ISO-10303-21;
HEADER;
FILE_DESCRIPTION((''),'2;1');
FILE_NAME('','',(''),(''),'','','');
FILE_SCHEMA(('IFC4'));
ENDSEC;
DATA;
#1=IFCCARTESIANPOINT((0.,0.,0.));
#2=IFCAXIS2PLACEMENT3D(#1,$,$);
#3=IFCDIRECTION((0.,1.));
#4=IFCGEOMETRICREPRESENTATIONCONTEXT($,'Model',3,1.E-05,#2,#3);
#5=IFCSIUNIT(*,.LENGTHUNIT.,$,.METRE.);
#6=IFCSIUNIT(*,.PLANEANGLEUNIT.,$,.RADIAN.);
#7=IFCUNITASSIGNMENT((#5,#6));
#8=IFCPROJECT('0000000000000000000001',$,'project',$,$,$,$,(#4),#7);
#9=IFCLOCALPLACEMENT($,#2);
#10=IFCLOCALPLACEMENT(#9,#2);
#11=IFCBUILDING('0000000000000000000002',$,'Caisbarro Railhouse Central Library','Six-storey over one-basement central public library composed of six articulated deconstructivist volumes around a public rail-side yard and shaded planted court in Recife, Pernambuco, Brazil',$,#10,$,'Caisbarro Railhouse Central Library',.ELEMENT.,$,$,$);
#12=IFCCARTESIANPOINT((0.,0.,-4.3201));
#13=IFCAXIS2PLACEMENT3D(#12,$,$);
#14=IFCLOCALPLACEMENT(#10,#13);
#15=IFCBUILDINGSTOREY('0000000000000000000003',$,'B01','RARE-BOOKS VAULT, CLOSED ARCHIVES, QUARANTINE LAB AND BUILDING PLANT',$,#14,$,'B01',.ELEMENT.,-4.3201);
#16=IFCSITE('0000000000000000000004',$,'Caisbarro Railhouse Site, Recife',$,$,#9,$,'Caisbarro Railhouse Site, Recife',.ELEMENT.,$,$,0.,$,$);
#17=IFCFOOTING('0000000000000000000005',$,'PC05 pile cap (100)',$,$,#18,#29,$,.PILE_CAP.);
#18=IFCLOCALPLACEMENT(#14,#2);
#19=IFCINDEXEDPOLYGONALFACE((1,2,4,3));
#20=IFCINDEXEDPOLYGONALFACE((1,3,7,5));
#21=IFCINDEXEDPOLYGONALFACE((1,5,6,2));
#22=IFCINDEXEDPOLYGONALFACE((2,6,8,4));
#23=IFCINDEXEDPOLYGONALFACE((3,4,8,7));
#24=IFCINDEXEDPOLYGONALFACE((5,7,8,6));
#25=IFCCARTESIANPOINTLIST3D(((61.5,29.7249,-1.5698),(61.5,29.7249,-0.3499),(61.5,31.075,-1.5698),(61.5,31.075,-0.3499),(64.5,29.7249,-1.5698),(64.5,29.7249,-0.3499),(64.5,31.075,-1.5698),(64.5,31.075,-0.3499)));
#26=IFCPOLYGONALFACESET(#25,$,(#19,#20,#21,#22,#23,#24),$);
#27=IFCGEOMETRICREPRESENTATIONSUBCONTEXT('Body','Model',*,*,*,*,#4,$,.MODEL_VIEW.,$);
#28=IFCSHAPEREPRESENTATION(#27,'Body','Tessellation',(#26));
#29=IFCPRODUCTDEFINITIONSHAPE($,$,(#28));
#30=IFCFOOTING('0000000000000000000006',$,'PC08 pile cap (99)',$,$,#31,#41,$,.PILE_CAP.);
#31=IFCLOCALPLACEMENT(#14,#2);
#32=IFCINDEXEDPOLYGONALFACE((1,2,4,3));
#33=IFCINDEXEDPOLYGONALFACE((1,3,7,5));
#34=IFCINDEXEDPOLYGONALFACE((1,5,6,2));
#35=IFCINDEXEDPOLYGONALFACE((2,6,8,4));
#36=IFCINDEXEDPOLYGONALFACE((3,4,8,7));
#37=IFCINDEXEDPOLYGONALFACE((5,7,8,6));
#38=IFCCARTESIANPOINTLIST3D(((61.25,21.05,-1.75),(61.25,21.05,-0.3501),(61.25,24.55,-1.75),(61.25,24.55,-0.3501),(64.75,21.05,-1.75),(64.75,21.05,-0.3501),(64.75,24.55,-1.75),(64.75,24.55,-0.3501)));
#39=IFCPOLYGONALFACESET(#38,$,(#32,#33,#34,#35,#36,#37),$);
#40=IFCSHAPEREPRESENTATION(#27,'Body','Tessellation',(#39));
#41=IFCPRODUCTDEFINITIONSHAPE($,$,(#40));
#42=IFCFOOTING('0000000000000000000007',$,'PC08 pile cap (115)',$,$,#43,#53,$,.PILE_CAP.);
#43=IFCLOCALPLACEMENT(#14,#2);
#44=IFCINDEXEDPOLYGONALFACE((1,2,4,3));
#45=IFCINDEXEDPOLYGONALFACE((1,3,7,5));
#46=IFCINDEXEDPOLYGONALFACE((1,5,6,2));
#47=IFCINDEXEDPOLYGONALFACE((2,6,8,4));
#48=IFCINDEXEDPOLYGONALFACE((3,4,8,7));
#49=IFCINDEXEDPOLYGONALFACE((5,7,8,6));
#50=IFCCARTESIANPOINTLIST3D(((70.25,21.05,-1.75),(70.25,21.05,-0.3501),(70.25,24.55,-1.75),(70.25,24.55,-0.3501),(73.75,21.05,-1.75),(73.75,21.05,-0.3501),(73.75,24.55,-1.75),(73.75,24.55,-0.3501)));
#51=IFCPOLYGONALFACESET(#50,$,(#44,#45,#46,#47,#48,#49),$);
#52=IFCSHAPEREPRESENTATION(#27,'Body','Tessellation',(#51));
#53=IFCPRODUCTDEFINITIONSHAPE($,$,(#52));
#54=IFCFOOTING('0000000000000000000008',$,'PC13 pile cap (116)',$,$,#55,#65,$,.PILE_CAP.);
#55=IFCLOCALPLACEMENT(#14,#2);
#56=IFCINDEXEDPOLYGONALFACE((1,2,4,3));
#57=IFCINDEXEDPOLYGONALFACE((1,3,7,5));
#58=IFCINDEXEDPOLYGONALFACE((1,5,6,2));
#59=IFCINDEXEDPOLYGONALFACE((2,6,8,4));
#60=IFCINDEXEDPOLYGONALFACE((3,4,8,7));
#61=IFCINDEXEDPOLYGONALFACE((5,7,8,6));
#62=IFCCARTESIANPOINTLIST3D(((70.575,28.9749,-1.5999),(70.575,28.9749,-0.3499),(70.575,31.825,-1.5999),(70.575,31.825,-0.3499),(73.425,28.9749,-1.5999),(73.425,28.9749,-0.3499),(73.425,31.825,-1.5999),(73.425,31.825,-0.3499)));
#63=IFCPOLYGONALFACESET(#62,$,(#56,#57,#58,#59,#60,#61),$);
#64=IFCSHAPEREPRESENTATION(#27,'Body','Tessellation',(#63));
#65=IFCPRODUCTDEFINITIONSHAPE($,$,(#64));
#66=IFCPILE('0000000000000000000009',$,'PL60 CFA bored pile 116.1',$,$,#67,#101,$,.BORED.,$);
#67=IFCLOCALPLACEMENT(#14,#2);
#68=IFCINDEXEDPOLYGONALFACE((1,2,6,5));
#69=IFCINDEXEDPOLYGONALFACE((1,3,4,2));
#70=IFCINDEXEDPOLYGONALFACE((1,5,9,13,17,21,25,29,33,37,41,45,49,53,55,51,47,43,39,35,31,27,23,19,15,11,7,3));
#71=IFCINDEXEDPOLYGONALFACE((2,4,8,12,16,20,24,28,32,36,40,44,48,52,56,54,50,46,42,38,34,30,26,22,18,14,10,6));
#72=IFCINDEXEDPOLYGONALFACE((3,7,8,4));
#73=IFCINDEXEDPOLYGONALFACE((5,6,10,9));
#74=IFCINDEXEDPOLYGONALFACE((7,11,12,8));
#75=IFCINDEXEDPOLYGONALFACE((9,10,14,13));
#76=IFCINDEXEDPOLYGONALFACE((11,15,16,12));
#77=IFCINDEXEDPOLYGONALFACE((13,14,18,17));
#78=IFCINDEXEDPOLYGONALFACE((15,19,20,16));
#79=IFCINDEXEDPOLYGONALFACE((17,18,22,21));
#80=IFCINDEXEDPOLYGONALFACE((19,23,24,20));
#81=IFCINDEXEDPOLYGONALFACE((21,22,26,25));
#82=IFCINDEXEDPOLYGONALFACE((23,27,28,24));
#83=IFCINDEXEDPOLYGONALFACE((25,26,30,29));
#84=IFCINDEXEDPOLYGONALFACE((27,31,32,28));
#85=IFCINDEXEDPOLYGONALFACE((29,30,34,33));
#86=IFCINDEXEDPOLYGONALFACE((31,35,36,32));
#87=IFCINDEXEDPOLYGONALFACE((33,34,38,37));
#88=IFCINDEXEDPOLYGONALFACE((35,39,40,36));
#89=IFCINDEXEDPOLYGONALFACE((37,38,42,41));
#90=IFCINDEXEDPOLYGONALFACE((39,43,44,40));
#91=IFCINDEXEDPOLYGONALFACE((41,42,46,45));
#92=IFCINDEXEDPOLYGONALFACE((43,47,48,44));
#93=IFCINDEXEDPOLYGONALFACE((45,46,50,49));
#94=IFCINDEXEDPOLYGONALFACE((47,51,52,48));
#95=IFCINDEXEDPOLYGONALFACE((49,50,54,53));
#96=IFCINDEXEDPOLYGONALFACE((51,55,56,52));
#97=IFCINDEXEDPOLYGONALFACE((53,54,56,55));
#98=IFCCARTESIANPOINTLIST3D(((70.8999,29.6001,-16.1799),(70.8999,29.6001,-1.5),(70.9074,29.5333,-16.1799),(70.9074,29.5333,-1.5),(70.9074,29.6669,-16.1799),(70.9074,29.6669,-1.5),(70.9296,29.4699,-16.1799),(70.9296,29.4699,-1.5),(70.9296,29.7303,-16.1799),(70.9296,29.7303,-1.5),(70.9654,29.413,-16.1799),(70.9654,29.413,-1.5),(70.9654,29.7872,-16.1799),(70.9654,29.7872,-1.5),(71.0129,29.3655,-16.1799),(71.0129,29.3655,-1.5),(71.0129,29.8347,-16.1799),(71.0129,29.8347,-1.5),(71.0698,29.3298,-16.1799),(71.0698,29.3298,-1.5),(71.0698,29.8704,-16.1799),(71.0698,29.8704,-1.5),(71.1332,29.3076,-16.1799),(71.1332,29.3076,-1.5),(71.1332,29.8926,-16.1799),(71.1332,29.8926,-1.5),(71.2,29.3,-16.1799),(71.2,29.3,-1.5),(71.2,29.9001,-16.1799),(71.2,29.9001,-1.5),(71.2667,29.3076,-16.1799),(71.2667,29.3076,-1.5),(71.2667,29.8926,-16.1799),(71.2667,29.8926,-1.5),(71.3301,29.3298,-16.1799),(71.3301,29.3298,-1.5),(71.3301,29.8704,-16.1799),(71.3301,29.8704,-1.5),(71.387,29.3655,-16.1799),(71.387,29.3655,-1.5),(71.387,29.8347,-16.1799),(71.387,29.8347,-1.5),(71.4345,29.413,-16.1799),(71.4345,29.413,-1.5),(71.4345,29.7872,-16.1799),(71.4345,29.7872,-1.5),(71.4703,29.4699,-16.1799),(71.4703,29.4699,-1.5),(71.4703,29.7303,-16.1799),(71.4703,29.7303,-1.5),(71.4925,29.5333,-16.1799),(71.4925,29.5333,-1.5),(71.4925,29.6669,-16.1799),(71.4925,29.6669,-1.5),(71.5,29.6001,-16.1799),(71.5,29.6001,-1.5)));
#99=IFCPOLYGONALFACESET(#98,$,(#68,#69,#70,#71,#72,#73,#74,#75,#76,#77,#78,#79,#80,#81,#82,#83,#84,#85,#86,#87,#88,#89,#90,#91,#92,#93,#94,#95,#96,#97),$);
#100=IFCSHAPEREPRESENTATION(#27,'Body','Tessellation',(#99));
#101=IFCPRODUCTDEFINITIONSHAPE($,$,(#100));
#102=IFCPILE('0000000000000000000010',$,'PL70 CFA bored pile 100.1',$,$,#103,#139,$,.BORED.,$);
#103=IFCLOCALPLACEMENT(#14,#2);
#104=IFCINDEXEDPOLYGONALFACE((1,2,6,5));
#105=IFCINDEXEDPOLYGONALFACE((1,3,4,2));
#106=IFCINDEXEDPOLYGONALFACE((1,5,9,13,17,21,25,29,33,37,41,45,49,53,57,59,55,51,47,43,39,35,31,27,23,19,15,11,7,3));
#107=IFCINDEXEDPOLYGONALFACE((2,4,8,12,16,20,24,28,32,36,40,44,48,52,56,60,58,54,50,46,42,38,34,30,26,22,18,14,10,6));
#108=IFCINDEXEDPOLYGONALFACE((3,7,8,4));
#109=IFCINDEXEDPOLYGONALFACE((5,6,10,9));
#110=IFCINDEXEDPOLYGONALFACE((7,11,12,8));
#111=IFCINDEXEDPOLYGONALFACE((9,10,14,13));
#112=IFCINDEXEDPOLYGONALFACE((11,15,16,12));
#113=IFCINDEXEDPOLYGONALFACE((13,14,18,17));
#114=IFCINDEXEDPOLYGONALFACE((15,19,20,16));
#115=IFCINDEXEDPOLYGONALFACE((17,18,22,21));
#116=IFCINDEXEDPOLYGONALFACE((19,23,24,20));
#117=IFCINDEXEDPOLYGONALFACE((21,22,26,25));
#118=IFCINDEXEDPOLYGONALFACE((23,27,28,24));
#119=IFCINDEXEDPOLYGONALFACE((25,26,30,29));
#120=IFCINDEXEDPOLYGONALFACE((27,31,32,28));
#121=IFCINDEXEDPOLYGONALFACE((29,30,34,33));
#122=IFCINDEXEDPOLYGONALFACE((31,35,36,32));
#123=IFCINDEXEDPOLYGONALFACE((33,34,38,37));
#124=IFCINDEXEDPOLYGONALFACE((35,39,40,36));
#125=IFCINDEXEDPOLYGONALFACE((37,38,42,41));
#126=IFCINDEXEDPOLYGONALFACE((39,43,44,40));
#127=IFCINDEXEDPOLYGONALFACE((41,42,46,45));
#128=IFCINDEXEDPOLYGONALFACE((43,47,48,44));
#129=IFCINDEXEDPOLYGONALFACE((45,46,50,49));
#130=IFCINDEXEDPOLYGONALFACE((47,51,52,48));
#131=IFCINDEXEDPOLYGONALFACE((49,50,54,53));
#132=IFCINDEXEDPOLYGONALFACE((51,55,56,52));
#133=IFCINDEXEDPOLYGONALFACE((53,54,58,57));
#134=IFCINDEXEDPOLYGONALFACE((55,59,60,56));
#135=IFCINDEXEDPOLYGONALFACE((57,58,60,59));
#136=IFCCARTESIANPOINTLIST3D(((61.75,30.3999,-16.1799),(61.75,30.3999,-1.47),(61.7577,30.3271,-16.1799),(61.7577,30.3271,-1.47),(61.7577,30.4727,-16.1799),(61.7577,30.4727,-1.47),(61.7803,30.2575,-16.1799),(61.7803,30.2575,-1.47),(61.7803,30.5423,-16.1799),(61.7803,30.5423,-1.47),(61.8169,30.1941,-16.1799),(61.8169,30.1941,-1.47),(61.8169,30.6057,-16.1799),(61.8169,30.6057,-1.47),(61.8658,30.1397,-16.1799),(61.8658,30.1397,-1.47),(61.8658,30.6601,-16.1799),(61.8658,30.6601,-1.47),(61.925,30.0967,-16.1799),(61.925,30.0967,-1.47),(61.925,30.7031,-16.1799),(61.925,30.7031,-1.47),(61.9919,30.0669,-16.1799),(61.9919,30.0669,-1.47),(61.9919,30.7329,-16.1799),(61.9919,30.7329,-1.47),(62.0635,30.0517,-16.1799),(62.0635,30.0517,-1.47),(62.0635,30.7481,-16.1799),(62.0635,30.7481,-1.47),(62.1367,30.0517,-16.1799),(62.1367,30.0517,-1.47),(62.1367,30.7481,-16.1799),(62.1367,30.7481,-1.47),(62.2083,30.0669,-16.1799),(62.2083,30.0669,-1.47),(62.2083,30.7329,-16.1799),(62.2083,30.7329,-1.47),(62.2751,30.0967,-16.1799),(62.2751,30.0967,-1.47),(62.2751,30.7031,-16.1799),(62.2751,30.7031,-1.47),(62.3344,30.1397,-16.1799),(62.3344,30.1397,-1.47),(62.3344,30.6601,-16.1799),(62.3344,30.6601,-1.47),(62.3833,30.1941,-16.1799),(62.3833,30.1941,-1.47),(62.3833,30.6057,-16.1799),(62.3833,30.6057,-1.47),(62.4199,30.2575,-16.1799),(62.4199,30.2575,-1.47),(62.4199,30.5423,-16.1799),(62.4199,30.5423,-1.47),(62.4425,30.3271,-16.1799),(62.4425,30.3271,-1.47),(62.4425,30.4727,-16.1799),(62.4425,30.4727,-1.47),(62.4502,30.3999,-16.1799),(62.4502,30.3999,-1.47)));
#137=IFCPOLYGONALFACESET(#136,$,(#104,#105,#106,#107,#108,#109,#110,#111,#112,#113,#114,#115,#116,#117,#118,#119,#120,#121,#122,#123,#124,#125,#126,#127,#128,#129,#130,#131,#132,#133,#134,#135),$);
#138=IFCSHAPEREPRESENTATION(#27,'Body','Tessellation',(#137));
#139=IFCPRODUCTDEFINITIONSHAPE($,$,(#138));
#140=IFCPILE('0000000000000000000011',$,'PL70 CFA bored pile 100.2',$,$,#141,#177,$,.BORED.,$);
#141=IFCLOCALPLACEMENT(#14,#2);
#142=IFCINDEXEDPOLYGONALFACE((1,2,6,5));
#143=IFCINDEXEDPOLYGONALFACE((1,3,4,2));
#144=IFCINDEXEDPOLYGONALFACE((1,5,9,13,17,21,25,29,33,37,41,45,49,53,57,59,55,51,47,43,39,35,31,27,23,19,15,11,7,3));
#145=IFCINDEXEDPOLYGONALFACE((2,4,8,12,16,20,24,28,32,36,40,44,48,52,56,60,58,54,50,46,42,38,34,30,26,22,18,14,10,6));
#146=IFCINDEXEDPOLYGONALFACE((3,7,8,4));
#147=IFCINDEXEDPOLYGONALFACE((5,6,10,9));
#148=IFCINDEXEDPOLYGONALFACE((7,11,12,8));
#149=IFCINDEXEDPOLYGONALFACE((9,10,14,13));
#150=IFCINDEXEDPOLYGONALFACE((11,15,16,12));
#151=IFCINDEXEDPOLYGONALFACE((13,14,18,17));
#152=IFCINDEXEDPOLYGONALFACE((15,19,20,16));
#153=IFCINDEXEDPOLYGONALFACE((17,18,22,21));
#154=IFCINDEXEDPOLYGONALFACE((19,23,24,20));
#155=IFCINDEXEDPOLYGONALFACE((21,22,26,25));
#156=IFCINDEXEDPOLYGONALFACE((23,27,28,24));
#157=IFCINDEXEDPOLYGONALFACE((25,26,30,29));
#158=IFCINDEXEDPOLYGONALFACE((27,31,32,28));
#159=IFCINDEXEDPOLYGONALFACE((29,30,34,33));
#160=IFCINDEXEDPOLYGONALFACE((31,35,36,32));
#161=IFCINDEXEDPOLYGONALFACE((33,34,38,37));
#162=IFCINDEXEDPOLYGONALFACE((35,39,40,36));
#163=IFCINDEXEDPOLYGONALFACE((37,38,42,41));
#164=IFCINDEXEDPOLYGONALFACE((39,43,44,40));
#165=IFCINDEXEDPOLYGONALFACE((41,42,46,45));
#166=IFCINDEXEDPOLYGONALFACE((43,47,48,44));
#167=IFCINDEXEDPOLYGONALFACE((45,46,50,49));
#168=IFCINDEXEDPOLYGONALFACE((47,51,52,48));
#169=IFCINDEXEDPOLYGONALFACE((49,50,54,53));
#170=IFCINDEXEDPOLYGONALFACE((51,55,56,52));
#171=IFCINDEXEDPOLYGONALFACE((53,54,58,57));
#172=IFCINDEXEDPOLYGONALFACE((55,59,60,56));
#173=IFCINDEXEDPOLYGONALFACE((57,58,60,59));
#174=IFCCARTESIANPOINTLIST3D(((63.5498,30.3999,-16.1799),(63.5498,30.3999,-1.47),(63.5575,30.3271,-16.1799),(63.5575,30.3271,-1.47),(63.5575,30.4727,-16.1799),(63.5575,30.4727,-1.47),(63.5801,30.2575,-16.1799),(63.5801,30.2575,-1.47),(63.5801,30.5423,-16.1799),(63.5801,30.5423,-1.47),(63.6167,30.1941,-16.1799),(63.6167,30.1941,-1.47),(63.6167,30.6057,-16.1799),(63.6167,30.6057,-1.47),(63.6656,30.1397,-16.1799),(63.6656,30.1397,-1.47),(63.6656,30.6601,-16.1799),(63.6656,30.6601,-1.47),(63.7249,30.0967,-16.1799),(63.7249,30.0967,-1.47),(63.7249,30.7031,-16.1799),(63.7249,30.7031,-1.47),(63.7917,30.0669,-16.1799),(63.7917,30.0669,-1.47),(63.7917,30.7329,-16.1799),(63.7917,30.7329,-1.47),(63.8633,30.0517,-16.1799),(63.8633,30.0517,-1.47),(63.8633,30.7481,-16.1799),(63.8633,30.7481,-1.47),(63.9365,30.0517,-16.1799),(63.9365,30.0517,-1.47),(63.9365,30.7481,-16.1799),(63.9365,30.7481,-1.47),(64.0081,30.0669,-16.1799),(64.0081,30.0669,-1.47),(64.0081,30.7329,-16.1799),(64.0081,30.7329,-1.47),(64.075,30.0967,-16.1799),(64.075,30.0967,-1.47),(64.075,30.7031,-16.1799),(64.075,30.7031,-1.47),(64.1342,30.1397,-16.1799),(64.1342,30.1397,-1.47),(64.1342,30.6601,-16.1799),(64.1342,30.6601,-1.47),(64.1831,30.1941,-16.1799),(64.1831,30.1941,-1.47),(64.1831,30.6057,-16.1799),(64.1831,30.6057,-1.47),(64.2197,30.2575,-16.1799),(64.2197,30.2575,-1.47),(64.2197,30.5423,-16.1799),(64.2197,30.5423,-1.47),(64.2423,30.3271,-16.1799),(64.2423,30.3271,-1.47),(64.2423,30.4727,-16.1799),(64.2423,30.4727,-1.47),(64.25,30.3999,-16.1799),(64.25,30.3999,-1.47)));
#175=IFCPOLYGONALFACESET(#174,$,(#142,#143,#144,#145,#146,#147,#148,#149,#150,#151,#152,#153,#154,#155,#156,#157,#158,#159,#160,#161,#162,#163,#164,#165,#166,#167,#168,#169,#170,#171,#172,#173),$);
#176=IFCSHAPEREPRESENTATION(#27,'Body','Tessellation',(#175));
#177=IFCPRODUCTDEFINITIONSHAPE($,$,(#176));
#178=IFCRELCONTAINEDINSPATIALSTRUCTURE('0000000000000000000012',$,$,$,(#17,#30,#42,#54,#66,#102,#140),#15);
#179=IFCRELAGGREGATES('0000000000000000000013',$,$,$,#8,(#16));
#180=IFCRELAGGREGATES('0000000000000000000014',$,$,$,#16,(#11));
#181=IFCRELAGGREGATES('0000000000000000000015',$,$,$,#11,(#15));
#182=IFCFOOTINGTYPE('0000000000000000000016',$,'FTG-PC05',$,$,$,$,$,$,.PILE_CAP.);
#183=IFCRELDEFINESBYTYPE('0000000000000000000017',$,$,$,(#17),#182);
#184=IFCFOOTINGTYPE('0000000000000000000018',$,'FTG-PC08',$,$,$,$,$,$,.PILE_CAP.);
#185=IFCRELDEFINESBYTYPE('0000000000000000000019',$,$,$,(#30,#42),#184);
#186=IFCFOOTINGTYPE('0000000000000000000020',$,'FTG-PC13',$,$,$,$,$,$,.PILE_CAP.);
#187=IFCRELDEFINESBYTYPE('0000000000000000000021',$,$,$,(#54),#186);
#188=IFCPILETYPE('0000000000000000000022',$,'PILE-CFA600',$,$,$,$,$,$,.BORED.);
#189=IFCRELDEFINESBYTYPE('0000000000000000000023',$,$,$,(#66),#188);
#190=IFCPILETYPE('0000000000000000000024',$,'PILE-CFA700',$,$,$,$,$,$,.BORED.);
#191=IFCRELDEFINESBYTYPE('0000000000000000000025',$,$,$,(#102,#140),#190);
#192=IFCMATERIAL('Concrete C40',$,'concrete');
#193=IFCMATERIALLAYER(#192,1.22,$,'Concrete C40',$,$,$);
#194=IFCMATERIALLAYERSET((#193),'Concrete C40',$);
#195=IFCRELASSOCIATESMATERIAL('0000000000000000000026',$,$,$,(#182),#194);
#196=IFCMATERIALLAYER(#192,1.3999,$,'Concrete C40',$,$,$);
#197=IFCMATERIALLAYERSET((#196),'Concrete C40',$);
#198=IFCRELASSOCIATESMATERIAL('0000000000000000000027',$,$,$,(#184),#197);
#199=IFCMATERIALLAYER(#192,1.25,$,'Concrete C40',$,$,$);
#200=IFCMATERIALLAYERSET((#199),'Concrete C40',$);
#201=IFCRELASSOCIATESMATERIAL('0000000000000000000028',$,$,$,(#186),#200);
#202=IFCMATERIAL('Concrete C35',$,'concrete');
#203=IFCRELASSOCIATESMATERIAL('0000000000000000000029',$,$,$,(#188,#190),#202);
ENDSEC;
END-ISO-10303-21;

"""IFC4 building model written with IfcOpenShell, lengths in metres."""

from ifc_helpers import new_model, si_unit, direction, frame, origin, origin_2d, place, context, subcontext, project, spatial, rectangle, circle, extrude, material, layer, layer_set, material_profile, profile_set, type_object, element, save


model = new_model("IFC4")

# Units and contexts
model_context = context("Model", 3, precision=1e-05, world=origin(), true_north=direction((0.0, 1.0)))
body_context = subcontext(model_context, "Body", "Model", "MODEL_VIEW")
ifc_project = project(units=[si_unit("LENGTHUNIT", "METRE"), si_unit("PLANEANGLEUNIT", "RADIAN")], contexts=[model_context])

# Site, building, storey
site_placement = place(None, origin())
site = spatial("IfcSite", under=ifc_project, at=site_placement, Name="Caisbarro Railhouse Site, Recife", LongName="Caisbarro Railhouse Site, Recife", CompositionType="ELEMENT", RefElevation=0.0)
building_placement = place(site_placement, origin())
building = spatial("IfcBuilding", under=site, at=building_placement, Name="Caisbarro Railhouse Central Library", Description="Six-storey over one-basement central public library composed of six articulated deconstructivist volumes around a public rail-side yard and shaded planted court in Recife, Pernambuco, Brazil", LongName="Caisbarro Railhouse Central Library", CompositionType="ELEMENT")
storey_placement = place(building_placement, frame((0.0, 0.0, -4.3201)))
storey = spatial("IfcBuildingStorey", under=building, at=storey_placement, Name="B01", Description="RARE-BOOKS VAULT, CLOSED ARCHIVES, QUARANTINE LAB AND BUILDING PLANT", LongName="B01", CompositionType="ELEMENT", Elevation=-4.3201)

# Footings
ifc_material_1 = material(Name="Concrete C40", Category="concrete")
ifc_layer_1 = layer(ifc_material_1, 1.22, Name="Concrete C40")
ifc_layer_set_1 = layer_set([ifc_layer_1], Name="Concrete C40")
footing_type_1 = type_object("IfcFootingType", Name="FTG-PC05", PredefinedType="PILE_CAP", material=ifc_layer_set_1)
footing_1_placement = place(storey_placement, frame((63.0, 30.3999, -1.5698), z_axis=(0.0, 0.0, 1.0), x_axis=(1.0, 0.0, 0.0)))
element("IfcFooting", 1, at=footing_1_placement, inside=storey, type_object=footing_type_1, Name="PC05 pile cap (100)", PredefinedType="PILE_CAP", context=body_context, shape_type="SweptSolid", body=[
    extrude(rectangle(XDim=3.0, YDim=1.3501, at=origin_2d()), origin(), (0.0, 0.0, 1.0), 1.22),
])
ifc_layer_2 = layer(ifc_material_1, 1.3999, Name="Concrete C40")
ifc_layer_set_2 = layer_set([ifc_layer_2], Name="Concrete C40")
footing_type_2 = type_object("IfcFootingType", Name="FTG-PC08", PredefinedType="PILE_CAP", material=ifc_layer_set_2)
for number, where, z_axis, x_axis, name in (
    (2, (63.0, 22.8, -1.75), (0.0, 0.0, 1.0), (1.0, 0.0, 0.0), "PC08 pile cap (99)"),
    (3, (72.0, 22.8, -1.75), (0.0, 0.0, 1.0), (1.0, 0.0, 0.0), "PC08 pile cap (115)"),
):
    element("IfcFooting", number, at=place(storey_placement, frame(where, z_axis=z_axis, x_axis=x_axis)), inside=storey, type_object=footing_type_2, Name=name, PredefinedType="PILE_CAP", context=body_context, shape_type="SweptSolid", body=[
        extrude(rectangle(XDim=3.5, YDim=3.5, at=origin_2d()), origin(), (0.0, 0.0, 1.0), 1.3999),
    ])
ifc_layer_3 = layer(ifc_material_1, 1.25, Name="Concrete C40")
ifc_layer_set_3 = layer_set([ifc_layer_3], Name="Concrete C40")
footing_type_3 = type_object("IfcFootingType", Name="FTG-PC13", PredefinedType="PILE_CAP", material=ifc_layer_set_3)
footing_2_placement = place(storey_placement, frame((72.0, 30.3999, -1.5999), z_axis=(0.0, 0.0, 1.0), x_axis=(1.0, 0.0, 0.0)))
element("IfcFooting", 4, at=footing_2_placement, inside=storey, type_object=footing_type_3, Name="PC13 pile cap (116)", PredefinedType="PILE_CAP", context=body_context, shape_type="SweptSolid", body=[
    extrude(rectangle(XDim=2.8501, YDim=2.8501, at=origin_2d()), origin(), (0.0, 0.0, 1.0), 1.25),
])

# Piles
ifc_material_2 = material(Name="Concrete C35", Category="concrete")
ifc_material_profile_1 = material_profile(ifc_material_2, circle(Radius=0.3, at=origin_2d()), Name="PILE-CFA-600")
ifc_profile_set_1 = profile_set([ifc_material_profile_1], Name="Concrete C35")
pile_type_1 = type_object("IfcPileType", Name="PILE-CFA600", PredefinedType="BORED", material=ifc_profile_set_1)
pile_placement = place(storey_placement, frame((71.2, 29.6001, -1.5), z_axis=(0.0, 0.0, -1.0), x_axis=(1.0, 0.0, 0.0)))
element("IfcPile", 5, at=pile_placement, inside=storey, type_object=pile_type_1, Name="PL60 CFA bored pile 116.1", PredefinedType="BORED", context=body_context, shape_type="SweptSolid", body=[
    extrude(circle(Radius=0.3, at=origin_2d()), origin(), (0.0, 0.0, 1.0), 14.6799),
])
ifc_material_profile_2 = material_profile(ifc_material_2, circle(Radius=0.3501, at=origin_2d()), Name="PILE-CFA-700")
ifc_profile_set_2 = profile_set([ifc_material_profile_2], Name="Concrete C35")
pile_type_2 = type_object("IfcPileType", Name="PILE-CFA700", PredefinedType="BORED", material=ifc_profile_set_2)
for number, where, z_axis, x_axis, name in (
    (6, (62.1001, 30.3999, -1.47), (0.0, 0.0, -1.0), (1.0, 0.0, 0.0), "PL70 CFA bored pile 100.1"),
    (7, (63.8999, 30.3999, -1.47), (0.0, 0.0, -1.0), (1.0, 0.0, 0.0), "PL70 CFA bored pile 100.2"),
):
    element("IfcPile", number, at=place(storey_placement, frame(where, z_axis=z_axis, x_axis=x_axis)), inside=storey, type_object=pile_type_2, Name=name, PredefinedType="BORED", context=body_context, shape_type="SweptSolid", body=[
        extrude(circle(Radius=0.3501, at=origin_2d()), origin(), (0.0, 0.0, 1.0), 14.71),
    ])

save(model, "model.ifc")
